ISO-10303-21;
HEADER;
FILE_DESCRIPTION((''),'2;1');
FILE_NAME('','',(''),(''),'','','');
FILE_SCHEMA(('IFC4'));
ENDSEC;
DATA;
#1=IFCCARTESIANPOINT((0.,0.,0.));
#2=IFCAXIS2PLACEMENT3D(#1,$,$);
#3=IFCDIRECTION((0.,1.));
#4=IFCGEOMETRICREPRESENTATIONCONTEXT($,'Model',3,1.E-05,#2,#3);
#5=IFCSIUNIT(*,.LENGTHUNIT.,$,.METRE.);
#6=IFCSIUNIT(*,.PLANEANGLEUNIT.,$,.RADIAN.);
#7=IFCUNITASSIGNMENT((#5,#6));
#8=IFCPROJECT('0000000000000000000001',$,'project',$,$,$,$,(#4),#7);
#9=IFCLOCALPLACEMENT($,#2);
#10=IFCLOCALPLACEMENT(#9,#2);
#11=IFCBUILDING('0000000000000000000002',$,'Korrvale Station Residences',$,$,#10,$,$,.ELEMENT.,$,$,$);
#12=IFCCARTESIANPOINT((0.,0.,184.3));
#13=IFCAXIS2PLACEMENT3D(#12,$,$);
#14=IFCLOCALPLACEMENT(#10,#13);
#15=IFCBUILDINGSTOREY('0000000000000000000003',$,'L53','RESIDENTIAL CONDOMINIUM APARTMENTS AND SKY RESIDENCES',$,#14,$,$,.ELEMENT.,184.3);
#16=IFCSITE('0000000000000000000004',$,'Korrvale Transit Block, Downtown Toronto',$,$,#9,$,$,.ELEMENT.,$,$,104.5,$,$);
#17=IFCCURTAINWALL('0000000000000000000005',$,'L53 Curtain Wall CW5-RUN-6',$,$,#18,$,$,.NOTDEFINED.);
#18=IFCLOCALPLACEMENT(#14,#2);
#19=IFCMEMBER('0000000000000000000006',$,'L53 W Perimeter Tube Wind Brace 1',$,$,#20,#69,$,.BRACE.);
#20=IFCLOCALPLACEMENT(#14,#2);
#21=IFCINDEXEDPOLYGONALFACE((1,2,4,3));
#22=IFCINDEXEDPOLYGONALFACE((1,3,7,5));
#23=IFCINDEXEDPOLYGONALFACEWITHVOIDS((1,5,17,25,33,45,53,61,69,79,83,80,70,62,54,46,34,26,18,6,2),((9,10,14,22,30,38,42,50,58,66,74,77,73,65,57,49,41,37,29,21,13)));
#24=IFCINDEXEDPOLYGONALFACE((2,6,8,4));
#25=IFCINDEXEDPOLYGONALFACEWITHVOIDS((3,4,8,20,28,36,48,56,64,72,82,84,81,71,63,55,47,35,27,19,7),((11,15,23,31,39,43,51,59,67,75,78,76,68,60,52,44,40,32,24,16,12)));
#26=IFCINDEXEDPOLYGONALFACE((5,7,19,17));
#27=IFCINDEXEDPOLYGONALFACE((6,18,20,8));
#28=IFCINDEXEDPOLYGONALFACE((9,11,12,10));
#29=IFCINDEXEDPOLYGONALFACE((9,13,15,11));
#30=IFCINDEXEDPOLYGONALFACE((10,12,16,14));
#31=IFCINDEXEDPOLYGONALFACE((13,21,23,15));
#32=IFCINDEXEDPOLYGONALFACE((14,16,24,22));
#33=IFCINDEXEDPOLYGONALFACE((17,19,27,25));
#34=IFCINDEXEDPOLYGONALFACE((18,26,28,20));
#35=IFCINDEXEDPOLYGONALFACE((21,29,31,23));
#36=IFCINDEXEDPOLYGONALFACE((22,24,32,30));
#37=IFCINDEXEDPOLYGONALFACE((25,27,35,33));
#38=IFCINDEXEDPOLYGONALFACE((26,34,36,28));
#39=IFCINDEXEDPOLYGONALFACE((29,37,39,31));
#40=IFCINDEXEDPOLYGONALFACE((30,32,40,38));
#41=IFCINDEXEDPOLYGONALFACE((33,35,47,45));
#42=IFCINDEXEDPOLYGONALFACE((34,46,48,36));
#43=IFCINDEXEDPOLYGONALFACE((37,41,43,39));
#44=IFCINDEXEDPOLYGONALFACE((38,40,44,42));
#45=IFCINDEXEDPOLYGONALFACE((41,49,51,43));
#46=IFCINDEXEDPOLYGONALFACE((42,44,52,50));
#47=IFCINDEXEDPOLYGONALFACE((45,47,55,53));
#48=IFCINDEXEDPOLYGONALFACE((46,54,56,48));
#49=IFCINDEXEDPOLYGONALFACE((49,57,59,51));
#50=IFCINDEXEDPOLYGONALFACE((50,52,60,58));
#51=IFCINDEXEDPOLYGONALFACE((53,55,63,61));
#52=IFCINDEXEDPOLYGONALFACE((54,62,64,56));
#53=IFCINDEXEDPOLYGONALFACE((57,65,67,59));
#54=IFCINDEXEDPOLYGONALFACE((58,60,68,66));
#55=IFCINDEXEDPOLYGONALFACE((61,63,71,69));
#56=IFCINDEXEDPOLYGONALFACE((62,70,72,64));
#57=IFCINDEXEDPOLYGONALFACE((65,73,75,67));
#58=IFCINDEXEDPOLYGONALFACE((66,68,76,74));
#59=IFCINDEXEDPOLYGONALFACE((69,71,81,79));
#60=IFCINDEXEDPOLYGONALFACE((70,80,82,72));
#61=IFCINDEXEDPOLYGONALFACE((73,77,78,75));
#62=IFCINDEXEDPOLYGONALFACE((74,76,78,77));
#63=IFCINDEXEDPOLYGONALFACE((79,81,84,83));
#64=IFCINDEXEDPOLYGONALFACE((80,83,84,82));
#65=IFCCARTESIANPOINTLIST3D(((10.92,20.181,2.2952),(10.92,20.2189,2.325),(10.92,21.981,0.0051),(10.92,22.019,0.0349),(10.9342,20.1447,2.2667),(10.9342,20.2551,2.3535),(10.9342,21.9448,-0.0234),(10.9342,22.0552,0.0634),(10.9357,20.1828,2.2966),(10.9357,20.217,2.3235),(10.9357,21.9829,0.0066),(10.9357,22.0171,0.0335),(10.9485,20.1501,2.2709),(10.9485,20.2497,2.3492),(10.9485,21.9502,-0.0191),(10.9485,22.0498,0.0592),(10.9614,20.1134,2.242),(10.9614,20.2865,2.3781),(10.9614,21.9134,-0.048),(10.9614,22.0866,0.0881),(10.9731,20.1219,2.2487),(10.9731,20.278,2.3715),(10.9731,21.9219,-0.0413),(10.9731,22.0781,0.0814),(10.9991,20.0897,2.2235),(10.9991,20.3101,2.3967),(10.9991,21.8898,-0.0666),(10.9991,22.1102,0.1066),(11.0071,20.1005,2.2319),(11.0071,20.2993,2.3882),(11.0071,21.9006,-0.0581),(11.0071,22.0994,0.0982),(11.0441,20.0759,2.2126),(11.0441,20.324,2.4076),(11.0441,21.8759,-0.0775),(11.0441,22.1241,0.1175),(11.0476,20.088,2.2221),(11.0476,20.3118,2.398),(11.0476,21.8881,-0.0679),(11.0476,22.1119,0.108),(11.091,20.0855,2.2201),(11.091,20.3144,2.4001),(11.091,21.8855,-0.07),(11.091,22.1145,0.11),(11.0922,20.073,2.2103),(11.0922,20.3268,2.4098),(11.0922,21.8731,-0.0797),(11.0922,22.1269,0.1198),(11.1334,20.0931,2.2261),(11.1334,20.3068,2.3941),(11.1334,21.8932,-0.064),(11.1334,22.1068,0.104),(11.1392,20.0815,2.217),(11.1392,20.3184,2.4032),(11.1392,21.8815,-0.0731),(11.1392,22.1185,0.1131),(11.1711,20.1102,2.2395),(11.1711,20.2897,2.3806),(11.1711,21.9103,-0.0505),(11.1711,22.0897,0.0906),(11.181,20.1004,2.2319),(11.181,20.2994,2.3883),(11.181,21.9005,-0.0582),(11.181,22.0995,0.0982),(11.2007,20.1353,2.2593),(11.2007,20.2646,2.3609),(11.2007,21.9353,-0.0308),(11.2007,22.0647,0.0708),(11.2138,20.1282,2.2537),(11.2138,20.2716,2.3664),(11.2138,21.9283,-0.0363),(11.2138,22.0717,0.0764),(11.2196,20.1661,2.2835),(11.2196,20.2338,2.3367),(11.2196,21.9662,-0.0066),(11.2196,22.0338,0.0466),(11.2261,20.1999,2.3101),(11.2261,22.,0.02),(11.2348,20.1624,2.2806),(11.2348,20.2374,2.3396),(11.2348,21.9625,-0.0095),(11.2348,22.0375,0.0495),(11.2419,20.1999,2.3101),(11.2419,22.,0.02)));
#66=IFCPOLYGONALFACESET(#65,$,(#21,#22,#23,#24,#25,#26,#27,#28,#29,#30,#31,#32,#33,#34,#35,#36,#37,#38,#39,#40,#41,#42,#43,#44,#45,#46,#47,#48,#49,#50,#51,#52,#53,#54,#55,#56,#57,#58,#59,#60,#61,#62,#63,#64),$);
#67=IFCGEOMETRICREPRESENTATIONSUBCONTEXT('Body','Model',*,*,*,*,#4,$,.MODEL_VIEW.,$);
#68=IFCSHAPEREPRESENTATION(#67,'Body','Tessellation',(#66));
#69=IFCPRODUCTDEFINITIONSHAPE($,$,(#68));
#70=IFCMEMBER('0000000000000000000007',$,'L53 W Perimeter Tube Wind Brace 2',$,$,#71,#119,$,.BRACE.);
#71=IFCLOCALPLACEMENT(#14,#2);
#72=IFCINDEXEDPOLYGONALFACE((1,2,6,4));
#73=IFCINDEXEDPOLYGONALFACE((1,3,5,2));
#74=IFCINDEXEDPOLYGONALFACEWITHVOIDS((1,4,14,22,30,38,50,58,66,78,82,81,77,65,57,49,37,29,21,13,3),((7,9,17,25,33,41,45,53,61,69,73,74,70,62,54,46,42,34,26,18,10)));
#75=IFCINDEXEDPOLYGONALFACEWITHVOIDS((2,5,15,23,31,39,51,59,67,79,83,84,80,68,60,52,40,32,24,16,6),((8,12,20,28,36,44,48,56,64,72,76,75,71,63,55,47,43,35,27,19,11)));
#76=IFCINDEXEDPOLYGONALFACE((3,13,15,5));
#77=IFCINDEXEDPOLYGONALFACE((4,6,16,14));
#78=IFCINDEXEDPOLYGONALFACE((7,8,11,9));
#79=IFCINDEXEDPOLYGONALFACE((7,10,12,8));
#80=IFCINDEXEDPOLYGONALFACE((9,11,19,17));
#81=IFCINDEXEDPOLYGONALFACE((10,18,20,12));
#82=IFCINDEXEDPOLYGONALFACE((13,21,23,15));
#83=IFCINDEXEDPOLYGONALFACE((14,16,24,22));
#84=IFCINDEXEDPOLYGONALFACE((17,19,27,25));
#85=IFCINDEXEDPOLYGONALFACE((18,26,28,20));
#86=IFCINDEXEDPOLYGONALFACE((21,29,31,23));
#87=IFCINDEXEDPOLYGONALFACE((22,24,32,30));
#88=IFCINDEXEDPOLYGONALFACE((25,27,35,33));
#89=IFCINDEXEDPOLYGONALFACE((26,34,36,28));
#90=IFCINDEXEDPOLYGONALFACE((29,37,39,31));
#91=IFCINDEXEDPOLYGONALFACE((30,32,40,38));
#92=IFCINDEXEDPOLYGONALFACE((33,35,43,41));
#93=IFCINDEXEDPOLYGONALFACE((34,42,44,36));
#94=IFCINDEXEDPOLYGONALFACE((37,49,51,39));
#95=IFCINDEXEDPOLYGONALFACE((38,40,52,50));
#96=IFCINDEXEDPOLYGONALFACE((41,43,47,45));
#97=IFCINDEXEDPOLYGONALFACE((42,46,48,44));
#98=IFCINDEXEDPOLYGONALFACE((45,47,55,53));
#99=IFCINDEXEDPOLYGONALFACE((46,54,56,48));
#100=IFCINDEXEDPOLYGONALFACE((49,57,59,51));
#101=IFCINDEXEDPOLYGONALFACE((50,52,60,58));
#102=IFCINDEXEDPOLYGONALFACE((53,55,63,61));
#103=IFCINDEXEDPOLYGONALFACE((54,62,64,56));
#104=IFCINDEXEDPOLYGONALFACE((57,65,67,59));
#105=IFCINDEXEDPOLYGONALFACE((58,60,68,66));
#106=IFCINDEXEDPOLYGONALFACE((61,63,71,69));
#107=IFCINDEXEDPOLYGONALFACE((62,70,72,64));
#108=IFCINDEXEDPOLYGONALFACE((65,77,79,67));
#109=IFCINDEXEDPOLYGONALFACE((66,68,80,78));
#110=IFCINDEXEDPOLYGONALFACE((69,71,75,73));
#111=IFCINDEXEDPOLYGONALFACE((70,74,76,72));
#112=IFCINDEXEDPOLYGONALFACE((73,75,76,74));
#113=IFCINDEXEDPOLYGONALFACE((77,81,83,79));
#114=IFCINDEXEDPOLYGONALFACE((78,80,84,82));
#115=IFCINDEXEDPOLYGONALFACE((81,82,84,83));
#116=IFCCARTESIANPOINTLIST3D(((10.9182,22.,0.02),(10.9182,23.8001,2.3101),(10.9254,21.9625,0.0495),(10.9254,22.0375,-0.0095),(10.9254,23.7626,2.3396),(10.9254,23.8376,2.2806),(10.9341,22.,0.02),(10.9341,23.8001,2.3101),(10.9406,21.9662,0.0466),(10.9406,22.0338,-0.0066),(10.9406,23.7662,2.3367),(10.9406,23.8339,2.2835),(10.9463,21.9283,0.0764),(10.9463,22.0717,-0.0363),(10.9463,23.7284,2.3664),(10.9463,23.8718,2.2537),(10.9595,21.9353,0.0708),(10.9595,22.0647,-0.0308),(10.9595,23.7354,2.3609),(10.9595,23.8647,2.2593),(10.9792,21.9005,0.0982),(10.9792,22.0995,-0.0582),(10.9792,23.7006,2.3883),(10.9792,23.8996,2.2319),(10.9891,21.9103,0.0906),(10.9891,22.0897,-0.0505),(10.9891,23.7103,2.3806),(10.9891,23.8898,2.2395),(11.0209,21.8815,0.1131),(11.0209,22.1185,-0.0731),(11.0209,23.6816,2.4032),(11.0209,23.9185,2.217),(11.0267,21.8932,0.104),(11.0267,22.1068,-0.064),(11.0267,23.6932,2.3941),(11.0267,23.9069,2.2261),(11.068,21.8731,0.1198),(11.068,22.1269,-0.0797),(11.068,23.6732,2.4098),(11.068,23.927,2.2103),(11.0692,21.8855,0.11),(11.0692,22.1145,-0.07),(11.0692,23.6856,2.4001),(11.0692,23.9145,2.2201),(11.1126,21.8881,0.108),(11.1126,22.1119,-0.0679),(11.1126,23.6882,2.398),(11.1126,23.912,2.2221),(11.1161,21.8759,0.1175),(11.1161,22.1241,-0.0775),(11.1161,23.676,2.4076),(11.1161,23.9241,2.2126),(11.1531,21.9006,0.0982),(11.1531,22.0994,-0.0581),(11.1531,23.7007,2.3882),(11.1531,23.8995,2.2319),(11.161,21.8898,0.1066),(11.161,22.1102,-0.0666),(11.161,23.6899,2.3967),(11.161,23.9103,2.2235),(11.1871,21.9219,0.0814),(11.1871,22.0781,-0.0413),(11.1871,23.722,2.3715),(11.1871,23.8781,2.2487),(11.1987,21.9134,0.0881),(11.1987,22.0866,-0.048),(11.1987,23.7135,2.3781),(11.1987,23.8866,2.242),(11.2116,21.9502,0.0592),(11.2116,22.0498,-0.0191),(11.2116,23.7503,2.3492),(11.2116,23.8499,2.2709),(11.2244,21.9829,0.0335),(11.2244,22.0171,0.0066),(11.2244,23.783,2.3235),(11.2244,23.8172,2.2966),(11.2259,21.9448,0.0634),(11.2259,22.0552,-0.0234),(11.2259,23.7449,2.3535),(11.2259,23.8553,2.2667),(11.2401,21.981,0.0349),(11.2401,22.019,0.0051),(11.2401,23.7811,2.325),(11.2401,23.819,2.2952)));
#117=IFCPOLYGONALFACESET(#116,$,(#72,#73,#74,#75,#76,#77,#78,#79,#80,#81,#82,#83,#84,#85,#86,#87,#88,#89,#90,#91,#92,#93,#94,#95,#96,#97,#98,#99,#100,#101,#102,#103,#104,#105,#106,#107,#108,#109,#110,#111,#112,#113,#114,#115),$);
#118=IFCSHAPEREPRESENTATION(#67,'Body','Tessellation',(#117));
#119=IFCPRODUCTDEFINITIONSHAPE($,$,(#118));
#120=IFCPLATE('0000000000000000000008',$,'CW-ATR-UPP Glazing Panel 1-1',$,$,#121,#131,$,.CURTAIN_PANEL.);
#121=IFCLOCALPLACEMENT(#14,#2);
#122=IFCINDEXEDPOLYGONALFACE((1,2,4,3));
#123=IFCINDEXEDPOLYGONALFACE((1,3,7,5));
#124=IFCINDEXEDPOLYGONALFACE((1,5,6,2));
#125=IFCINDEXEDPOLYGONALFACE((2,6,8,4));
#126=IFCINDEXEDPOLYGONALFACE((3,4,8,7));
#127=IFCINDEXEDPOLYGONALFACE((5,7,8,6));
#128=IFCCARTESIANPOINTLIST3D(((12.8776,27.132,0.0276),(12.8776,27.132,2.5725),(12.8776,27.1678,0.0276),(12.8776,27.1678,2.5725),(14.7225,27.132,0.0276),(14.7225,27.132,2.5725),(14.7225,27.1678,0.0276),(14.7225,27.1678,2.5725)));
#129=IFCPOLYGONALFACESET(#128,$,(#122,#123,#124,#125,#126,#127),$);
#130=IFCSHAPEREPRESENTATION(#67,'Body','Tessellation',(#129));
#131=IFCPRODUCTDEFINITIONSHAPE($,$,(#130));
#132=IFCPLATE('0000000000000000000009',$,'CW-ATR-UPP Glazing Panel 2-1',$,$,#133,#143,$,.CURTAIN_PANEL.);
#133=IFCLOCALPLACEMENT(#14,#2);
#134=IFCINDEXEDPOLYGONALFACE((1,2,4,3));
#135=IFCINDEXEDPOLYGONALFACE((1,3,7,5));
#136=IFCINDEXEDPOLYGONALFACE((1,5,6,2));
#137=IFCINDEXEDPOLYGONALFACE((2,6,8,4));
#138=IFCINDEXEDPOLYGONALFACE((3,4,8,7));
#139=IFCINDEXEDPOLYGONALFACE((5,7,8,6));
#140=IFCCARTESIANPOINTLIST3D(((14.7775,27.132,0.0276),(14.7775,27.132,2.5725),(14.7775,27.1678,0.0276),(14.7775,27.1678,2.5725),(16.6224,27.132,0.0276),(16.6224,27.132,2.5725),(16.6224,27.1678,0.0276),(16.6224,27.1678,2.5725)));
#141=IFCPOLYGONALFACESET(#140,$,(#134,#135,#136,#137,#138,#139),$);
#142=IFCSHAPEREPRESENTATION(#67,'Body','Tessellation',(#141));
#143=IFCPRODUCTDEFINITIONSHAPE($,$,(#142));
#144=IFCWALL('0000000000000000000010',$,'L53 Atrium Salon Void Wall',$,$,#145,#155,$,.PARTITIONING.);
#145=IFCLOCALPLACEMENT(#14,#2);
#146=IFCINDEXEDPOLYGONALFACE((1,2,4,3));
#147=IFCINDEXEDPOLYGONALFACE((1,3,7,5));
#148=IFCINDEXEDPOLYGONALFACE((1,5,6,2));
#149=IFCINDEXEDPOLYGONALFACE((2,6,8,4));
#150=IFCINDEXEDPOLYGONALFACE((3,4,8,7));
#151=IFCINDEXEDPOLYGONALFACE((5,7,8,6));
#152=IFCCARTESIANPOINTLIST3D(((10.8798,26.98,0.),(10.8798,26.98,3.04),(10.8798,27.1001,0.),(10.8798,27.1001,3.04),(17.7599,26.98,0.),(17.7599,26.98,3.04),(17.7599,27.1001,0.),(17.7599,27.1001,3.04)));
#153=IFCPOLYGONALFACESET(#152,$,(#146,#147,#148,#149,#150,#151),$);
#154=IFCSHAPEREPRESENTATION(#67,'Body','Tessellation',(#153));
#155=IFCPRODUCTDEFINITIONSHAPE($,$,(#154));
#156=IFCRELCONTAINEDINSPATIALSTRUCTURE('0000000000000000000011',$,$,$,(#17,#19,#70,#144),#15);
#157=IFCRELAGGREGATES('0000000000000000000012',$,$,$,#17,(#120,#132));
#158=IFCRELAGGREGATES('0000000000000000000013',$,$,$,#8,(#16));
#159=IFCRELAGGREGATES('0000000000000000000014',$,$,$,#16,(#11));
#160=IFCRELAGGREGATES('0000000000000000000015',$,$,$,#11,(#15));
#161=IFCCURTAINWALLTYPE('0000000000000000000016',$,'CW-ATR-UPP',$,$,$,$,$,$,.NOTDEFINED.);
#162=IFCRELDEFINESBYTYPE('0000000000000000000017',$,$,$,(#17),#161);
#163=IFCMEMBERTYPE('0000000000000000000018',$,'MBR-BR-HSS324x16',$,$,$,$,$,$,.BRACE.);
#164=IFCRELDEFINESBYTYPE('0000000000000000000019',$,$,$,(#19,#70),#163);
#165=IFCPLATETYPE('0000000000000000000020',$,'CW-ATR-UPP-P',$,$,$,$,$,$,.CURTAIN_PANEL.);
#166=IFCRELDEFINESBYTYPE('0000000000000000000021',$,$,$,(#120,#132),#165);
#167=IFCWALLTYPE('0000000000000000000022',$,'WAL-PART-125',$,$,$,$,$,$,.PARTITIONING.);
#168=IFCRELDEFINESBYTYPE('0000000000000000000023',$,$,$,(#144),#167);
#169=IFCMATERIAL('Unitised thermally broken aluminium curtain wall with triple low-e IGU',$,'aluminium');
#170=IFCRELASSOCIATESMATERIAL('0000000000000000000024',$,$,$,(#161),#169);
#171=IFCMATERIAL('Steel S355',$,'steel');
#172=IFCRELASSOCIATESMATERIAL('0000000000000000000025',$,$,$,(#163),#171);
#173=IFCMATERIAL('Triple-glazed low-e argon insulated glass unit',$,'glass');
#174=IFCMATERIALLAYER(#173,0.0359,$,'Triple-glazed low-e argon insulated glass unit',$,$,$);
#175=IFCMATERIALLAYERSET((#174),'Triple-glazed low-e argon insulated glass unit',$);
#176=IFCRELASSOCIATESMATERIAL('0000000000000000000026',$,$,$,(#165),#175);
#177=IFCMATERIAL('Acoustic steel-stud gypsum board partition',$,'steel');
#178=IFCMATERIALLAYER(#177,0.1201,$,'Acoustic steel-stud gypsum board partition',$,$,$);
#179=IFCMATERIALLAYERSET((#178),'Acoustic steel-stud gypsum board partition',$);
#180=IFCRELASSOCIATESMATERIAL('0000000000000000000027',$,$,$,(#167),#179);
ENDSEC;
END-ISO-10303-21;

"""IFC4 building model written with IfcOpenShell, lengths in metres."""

from ifc_helpers import new_model, si_unit, direction, frame, frame_2d, origin, origin_2d, place, context, subcontext, project, spatial, rectangle, hollow_circle, extrude, material, layer, layer_set, material_profile, profile_set, type_object, element, aggregate, save


model = new_model("IFC4")

# Units and contexts
model_context = context("Model", 3, precision=1e-05, world=origin(), true_north=direction((0.0, 1.0)))
body_context = subcontext(model_context, "Body", "Model", "MODEL_VIEW")
ifc_project = project(units=[si_unit("LENGTHUNIT", "METRE"), si_unit("PLANEANGLEUNIT", "RADIAN")], contexts=[model_context])

# Site, building, storey
site_placement = place(None, origin())
site = spatial("IfcSite", under=ifc_project, at=site_placement, Name="Korrvale Transit Block, Downtown Toronto", CompositionType="ELEMENT", RefElevation=104.5)
building_placement = place(site_placement, origin())
building = spatial("IfcBuilding", under=site, at=building_placement, Name="Korrvale Station Residences", CompositionType="ELEMENT")
storey_placement = place(building_placement, frame((0.0, 0.0, 184.3)))
storey = spatial("IfcBuildingStorey", under=building, at=storey_placement, Name="L53", Description="RESIDENTIAL CONDOMINIUM APARTMENTS AND SKY RESIDENCES", CompositionType="ELEMENT", Elevation=184.3)

# Shared definitions
ifc_material_1 = material(Name="Steel S355", Category="steel")

# Curtain wall
ifc_material_2 = material(Name="Unitised thermally broken aluminium curtain wall with triple low-e IGU", Category="aluminium")
curtain_wall_type = type_object("IfcCurtainWallType", Name="CW-ATR-UPP", PredefinedType="NOTDEFINED", material=ifc_material_2)
curtain_wall_placement = place(storey_placement, origin())
curtain_wall = element("IfcCurtainWall", 1, at=curtain_wall_placement, inside=storey, type_object=curtain_wall_type, Name="L53 Curtain Wall CW5-RUN-6", PredefinedType="NOTDEFINED")

# Members
ifc_material_profile_1 = material_profile(ifc_material_1, hollow_circle(Radius=0.1619, WallThickness=0.0159, at=origin_2d()), Name="HSS324x16")
ifc_profile_set_1 = profile_set([ifc_material_profile_1], Name="Steel S355")
member_type_1 = type_object("IfcMemberType", Name="MBR-BR-HSS324x16", PredefinedType="BRACE", material=ifc_profile_set_1)
for number, where, z_axis, x_axis, name in (
    (2, (11.0801, 22.0, 0.02), (0.0, -0.617977, 0.786196), (1.0, 0.0, 0.0), "L53 W Perimeter Tube Wind Brace 1"),
    (3, (11.0801, 22.0, 0.02), (0.0, 0.617977, 0.786196), (-1.0, 0.0, 0.0), "L53 W Perimeter Tube Wind Brace 2"),
):
    element("IfcMember", number, at=place(storey_placement, frame(where, z_axis=z_axis, x_axis=x_axis)), inside=storey, type_object=member_type_1, Name=name, PredefinedType="BRACE", context=body_context, shape_type="SweptSolid", body=[
        extrude(hollow_circle(Radius=0.1619, WallThickness=0.0159, at=origin_2d()), origin(), (0.0, 0.0, 1.0), 2.9128),
    ])

# Plates
ifc_material_3 = material(Name="Triple-glazed low-e argon insulated glass unit", Category="glass")
ifc_layer_1 = layer(ifc_material_3, 0.0359, Name="Triple-glazed low-e argon insulated glass unit")
ifc_layer_set_1 = layer_set([ifc_layer_1], Name="Triple-glazed low-e argon insulated glass unit")
plate_type = type_object("IfcPlateType", Name="CW-ATR-UPP-P", PredefinedType="CURTAIN_PANEL", material=ifc_layer_set_1)
plate_1_placement = place(storey_placement, frame((13.8, 27.1499, 0.0276), z_axis=(0.0, 0.0, 1.0), x_axis=(1.0, 0.0, 0.0)))
plate_1 = element("IfcPlate", 4, at=plate_1_placement, type_object=plate_type, Name="CW-ATR-UPP Glazing Panel 1-1", PredefinedType="CURTAIN_PANEL", context=body_context, shape_type="SweptSolid", body=[
    extrude(rectangle(XDim=1.845, YDim=0.0359, at=origin_2d()), origin(), (0.0, 0.0, 1.0), 2.5449),
])
plate_2_placement = place(storey_placement, frame((15.7, 27.1499, 0.0276), z_axis=(0.0, 0.0, 1.0), x_axis=(1.0, 0.0, 0.0)))
plate_2 = element("IfcPlate", 5, at=plate_2_placement, type_object=plate_type, Name="CW-ATR-UPP Glazing Panel 2-1", PredefinedType="CURTAIN_PANEL", context=body_context, shape_type="SweptSolid", body=[
    extrude(rectangle(XDim=1.845, YDim=0.0359, at=origin_2d()), origin(), (0.0, 0.0, 1.0), 2.5449),
])
aggregate(curtain_wall, [plate_1, plate_2])

# Wall
ifc_material_4 = material(Name="Acoustic steel-stud gypsum board partition", Category="steel")
ifc_layer_2 = layer(ifc_material_4, 0.1201, Name="Acoustic steel-stud gypsum board partition")
ifc_layer_set_2 = layer_set([ifc_layer_2], Name="Acoustic steel-stud gypsum board partition")
wall_type = type_object("IfcWallType", Name="WAL-PART-125", PredefinedType="PARTITIONING", material=ifc_layer_set_2)
wall_placement = place(storey_placement, frame((10.8799, 27.04, 0.0), z_axis=(0.0, 0.0, 1.0), x_axis=(1.0, 0.0, 0.0)))
element("IfcWall", 6, at=wall_placement, inside=storey, type_object=wall_type, Name="L53 Atrium Salon Void Wall", PredefinedType="PARTITIONING", context=body_context, shape_type="SweptSolid", body=[
    extrude(rectangle(XDim=6.8801, YDim=0.1201, at=frame_2d((3.4399, 0.0))), origin(), (0.0, 0.0, 1.0), 3.04),
])

save(model, "model.ifc")
